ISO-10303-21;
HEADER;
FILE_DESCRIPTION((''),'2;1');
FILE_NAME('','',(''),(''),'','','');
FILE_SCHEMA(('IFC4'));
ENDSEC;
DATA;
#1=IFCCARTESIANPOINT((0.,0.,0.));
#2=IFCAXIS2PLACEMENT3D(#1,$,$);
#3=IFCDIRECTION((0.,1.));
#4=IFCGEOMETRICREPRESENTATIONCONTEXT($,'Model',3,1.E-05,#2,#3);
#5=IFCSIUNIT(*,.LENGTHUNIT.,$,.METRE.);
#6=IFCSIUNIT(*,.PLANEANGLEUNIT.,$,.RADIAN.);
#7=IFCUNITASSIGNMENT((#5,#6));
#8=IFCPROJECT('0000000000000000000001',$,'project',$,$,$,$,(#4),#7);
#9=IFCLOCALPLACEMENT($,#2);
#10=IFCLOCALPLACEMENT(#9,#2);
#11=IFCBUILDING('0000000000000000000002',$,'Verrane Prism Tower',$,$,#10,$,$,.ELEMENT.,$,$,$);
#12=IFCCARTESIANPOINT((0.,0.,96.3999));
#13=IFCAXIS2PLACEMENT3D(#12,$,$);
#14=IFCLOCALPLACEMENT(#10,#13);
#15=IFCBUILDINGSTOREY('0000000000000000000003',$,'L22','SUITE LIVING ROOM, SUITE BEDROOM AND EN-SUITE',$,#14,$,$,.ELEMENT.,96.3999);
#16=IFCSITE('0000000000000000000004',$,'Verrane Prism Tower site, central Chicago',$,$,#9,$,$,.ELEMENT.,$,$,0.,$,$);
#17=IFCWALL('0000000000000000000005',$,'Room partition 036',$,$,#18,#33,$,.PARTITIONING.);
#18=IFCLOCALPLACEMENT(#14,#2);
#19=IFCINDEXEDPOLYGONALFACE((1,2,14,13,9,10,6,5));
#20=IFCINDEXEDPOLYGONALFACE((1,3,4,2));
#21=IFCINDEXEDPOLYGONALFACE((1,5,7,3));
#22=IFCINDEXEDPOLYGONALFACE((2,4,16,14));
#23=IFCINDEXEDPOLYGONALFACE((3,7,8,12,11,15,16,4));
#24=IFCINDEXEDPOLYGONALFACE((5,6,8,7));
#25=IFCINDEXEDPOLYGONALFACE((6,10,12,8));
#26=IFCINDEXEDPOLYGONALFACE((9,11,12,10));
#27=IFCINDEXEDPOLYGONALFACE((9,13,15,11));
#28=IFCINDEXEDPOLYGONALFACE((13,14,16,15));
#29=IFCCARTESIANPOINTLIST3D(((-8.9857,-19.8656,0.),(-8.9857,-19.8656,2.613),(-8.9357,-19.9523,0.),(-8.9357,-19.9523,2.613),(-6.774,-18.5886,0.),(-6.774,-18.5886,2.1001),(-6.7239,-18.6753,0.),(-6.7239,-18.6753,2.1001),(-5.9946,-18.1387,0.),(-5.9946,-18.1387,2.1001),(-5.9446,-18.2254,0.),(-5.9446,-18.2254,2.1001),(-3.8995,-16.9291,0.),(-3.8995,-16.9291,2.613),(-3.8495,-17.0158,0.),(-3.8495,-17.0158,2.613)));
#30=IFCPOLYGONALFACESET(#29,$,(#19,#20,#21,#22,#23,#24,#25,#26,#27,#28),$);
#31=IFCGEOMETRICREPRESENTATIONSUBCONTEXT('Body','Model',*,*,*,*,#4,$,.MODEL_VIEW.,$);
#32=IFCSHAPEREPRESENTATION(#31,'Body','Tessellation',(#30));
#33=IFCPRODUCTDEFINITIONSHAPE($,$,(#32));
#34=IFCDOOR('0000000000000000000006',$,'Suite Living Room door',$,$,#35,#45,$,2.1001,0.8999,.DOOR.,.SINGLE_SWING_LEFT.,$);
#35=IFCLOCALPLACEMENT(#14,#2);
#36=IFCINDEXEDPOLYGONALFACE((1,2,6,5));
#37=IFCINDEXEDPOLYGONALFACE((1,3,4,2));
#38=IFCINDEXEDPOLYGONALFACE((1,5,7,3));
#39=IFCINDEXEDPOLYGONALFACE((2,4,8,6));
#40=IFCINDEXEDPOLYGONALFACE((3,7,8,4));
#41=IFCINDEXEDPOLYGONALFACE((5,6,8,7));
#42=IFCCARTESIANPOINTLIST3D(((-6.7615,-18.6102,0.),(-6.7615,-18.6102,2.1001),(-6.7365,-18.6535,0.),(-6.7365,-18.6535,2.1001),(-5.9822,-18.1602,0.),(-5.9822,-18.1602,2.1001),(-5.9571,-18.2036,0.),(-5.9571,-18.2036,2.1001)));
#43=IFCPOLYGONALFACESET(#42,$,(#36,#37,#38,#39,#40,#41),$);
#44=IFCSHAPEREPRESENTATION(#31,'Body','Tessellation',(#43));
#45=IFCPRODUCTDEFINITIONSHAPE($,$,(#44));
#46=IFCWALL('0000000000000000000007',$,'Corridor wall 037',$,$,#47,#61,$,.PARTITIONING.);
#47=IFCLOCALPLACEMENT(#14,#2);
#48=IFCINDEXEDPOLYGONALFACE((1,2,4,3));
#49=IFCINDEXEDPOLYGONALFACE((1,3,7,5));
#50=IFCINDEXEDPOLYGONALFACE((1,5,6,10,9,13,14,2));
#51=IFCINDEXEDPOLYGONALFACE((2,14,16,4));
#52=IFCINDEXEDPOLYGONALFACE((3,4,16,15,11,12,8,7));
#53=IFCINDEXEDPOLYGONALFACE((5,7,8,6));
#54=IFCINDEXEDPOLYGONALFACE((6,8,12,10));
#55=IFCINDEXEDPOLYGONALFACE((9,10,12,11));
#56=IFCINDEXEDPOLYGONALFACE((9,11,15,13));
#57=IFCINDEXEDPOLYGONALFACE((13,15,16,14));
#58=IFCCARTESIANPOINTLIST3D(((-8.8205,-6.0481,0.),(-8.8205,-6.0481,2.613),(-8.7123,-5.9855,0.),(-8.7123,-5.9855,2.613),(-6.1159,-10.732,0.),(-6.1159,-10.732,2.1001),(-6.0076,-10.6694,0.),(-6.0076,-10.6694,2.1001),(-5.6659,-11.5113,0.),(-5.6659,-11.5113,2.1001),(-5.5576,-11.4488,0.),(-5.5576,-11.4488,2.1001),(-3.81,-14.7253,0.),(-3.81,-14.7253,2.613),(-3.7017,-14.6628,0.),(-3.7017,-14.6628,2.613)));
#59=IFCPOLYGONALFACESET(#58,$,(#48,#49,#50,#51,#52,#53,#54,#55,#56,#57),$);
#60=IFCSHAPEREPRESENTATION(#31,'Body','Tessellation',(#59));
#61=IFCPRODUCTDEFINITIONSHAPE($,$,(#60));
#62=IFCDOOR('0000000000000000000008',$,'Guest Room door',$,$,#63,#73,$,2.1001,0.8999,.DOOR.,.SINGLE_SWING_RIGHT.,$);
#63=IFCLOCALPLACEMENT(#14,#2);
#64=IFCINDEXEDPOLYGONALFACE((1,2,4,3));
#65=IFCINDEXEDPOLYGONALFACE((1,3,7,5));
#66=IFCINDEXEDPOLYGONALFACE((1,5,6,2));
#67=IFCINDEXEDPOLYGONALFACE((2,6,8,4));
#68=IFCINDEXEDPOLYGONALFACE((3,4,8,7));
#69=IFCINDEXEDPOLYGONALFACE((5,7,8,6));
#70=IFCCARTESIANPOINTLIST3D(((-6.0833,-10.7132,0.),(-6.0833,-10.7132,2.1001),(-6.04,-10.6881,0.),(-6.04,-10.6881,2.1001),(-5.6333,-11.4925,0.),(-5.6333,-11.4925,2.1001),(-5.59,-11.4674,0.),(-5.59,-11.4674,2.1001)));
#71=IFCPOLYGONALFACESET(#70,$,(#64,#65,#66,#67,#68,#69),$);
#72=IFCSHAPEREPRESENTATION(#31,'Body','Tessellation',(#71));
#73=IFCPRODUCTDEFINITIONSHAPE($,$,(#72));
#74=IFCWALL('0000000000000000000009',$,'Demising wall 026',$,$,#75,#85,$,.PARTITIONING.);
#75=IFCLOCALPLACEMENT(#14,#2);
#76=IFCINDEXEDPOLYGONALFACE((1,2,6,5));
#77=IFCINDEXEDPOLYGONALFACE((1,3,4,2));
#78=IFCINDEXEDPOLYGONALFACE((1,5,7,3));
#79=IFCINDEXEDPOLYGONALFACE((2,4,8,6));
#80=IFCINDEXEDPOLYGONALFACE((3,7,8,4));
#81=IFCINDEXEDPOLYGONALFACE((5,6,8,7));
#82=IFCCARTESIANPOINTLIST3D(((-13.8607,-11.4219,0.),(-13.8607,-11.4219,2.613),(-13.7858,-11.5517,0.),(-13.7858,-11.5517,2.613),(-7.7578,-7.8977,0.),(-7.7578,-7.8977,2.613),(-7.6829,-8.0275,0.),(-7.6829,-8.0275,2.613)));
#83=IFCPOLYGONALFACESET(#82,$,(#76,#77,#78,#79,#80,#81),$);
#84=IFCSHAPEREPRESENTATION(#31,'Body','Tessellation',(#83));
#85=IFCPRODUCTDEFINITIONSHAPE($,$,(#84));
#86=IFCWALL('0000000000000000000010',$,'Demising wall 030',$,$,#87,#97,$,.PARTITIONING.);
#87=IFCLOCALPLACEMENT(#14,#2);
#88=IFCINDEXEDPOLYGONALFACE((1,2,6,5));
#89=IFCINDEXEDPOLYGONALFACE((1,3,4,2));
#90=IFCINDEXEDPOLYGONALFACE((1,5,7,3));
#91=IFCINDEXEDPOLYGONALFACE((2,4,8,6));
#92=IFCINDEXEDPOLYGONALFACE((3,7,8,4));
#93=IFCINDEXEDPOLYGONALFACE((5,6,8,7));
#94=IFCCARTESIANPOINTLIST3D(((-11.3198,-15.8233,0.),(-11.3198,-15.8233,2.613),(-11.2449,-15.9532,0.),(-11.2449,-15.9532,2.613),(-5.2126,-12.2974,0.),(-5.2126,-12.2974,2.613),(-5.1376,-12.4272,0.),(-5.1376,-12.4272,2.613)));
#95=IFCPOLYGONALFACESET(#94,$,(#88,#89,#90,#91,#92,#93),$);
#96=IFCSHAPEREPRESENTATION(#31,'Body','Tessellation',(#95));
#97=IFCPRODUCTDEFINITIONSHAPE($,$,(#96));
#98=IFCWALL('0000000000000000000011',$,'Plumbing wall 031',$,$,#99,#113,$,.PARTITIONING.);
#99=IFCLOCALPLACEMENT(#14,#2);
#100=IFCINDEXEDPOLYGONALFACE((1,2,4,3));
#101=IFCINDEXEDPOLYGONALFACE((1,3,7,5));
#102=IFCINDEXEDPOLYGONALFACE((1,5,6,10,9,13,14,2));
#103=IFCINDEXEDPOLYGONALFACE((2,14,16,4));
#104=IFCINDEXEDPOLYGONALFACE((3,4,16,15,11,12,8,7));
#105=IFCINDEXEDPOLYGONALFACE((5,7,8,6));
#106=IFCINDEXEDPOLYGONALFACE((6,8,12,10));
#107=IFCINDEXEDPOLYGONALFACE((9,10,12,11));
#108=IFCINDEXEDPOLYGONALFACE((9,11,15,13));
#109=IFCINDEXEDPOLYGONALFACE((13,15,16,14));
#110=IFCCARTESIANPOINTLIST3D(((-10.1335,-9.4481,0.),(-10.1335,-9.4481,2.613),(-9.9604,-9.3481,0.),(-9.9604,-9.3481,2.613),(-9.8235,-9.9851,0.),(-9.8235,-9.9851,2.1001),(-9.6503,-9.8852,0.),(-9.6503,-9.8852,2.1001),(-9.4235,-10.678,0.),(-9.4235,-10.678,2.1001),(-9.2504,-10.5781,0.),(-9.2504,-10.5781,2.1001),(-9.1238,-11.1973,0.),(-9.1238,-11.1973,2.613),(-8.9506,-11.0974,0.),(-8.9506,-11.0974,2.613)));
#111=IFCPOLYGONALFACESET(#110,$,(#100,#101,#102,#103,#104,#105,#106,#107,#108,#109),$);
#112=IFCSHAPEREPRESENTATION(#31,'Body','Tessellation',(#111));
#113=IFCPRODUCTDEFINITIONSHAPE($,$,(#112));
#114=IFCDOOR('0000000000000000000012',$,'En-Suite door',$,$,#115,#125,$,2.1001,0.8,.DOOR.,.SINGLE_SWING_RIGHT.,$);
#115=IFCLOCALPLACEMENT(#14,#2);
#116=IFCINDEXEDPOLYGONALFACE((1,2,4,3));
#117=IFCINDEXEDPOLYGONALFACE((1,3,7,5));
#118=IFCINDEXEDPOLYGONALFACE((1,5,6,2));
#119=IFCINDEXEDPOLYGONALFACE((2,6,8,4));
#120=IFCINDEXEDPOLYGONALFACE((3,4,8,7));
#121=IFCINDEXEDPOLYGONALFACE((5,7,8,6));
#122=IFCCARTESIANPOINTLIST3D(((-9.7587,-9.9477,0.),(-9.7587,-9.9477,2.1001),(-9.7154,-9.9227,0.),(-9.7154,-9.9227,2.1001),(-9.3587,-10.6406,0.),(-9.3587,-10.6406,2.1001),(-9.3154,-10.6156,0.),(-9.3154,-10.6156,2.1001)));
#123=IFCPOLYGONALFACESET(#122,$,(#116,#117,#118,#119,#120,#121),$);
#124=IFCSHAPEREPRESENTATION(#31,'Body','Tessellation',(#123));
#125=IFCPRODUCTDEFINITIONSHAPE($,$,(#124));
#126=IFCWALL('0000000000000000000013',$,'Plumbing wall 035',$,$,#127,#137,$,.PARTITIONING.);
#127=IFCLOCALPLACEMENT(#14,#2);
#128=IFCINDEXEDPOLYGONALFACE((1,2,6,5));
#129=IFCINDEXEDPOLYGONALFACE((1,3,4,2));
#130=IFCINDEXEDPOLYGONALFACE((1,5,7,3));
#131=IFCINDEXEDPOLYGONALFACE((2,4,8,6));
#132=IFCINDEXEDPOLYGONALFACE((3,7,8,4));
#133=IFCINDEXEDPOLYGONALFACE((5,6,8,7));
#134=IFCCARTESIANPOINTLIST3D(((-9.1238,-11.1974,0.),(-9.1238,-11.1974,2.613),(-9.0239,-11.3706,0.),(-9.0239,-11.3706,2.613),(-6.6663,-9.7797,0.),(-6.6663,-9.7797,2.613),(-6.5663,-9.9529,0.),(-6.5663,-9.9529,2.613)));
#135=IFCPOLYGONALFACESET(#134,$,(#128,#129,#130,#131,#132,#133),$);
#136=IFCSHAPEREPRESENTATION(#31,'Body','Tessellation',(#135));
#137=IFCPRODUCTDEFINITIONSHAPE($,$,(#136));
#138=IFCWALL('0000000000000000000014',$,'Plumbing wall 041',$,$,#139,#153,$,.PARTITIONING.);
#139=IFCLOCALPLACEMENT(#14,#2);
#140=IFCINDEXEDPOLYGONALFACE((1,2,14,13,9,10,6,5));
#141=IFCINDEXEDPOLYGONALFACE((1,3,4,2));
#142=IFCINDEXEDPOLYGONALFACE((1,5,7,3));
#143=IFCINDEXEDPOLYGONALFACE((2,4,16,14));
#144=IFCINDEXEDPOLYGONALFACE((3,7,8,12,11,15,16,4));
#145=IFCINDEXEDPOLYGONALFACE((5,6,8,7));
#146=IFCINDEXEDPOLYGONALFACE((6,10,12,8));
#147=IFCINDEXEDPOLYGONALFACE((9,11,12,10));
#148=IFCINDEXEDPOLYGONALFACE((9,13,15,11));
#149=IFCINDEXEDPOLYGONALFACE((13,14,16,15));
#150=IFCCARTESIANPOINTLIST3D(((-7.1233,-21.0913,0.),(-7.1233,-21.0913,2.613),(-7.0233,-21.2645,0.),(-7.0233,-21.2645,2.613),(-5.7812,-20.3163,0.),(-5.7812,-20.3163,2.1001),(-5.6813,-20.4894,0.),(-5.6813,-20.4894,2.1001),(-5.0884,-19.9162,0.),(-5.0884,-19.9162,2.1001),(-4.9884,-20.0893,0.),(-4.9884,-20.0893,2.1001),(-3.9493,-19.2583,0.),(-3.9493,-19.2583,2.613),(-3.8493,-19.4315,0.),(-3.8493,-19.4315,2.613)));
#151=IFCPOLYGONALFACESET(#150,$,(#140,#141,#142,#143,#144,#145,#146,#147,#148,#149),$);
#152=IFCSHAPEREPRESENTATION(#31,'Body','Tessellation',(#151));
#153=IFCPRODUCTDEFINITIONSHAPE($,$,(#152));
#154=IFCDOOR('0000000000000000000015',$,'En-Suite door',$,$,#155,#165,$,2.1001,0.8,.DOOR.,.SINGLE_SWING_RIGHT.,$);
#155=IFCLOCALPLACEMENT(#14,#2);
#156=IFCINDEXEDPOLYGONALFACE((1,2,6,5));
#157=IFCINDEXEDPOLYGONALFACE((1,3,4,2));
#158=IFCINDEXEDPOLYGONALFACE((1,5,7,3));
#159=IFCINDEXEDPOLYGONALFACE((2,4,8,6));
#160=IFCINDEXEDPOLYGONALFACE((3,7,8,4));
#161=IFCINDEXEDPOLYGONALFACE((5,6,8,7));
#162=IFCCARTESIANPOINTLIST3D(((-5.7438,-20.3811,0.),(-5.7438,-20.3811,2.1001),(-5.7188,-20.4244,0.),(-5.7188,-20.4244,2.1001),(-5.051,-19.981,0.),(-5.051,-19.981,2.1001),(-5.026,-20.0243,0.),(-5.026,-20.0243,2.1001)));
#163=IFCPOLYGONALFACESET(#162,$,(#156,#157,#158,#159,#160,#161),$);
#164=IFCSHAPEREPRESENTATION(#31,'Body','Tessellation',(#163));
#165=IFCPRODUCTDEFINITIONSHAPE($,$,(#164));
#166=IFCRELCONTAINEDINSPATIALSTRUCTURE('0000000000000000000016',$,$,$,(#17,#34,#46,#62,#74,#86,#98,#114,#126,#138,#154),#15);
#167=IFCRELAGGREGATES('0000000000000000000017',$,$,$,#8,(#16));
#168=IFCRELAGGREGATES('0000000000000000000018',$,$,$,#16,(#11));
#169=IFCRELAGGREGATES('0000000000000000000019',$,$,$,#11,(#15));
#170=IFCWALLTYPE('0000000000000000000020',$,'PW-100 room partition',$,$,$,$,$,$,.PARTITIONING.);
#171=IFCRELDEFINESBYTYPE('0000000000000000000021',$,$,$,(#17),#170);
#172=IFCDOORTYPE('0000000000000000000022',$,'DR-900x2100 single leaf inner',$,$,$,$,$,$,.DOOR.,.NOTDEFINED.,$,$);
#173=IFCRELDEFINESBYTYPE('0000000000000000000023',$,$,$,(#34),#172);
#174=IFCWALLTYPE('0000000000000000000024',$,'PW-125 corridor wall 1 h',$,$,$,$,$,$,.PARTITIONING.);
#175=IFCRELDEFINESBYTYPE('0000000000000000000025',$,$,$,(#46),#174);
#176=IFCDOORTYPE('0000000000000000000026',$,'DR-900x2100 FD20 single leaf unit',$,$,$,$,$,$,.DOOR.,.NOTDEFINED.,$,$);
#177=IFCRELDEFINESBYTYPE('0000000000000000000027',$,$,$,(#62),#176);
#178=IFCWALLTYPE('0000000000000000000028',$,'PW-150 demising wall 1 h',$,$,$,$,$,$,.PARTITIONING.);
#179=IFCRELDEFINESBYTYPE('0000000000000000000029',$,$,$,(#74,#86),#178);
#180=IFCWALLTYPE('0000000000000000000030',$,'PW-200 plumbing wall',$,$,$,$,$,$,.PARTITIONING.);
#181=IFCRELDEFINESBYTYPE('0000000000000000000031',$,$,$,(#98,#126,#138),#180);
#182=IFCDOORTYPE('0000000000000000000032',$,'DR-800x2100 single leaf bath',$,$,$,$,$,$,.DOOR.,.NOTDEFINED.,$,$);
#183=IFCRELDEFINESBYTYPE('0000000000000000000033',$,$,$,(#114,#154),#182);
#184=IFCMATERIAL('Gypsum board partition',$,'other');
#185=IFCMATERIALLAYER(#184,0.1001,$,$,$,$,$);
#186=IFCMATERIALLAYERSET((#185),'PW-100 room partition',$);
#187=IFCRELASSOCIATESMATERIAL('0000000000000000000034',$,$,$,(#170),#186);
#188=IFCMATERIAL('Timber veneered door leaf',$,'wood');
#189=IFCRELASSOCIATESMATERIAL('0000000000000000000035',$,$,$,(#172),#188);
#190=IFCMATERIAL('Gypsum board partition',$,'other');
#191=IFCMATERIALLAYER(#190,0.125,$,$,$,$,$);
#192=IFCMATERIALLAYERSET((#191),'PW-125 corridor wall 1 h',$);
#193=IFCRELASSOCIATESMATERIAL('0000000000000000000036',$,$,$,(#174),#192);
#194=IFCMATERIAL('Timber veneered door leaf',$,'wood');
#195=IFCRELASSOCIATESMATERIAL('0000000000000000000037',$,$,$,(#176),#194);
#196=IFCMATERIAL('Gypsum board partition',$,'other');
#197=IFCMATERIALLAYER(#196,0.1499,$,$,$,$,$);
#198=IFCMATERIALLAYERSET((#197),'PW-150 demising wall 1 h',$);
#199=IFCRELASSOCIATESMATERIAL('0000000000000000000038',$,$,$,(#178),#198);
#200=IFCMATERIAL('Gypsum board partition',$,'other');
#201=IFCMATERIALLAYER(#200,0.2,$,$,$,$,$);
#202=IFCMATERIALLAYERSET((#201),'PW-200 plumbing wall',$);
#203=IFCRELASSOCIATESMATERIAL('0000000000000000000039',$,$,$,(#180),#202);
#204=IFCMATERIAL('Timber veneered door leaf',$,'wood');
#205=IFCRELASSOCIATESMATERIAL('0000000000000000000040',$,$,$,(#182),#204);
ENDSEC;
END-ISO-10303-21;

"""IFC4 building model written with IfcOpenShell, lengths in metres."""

from ifc_helpers import new_model, si_unit, direction, frame, frame_2d, origin, place, context, subcontext, project, spatial, rectangle, extrude, material, layer, layer_set, type_object, element, fill, save


model = new_model("IFC4")

# Units and contexts
model_context = context("Model", 3, precision=1e-05, world=origin(), true_north=direction((0.0, 1.0)))
body_context = subcontext(model_context, "Body", "Model", "MODEL_VIEW")
ifc_project = project(units=[si_unit("LENGTHUNIT", "METRE"), si_unit("PLANEANGLEUNIT", "RADIAN")], contexts=[model_context])

# Site, building, storey
site_placement = place(None, origin())
site = spatial("IfcSite", under=ifc_project, at=site_placement, Name="Verrane Prism Tower site, central Chicago", CompositionType="ELEMENT", RefElevation=0.0)
building_placement = place(site_placement, origin())
building = spatial("IfcBuilding", under=site, at=building_placement, Name="Verrane Prism Tower", CompositionType="ELEMENT")
storey_placement = place(building_placement, frame((0.0, 0.0, 96.3999)))
storey = spatial("IfcBuildingStorey", under=building, at=storey_placement, Name="L22", Description="SUITE LIVING ROOM, SUITE BEDROOM AND EN-SUITE", CompositionType="ELEMENT", Elevation=96.3999)

# Walls, openings, doors
ifc_material_1 = material(Name="Gypsum board partition", Category="other")
ifc_layer_1 = layer(ifc_material_1, 0.1001)
ifc_layer_set_1 = layer_set([ifc_layer_1], Name="PW-100 room partition")
wall_type_1 = type_object("IfcWallType", Name="PW-100 room partition", PredefinedType="PARTITIONING", material=ifc_layer_set_1)
wall_1_placement = place(storey_placement, frame((-3.8745, -16.9724, 0.0), z_axis=(0.0, 0.0, 1.0), x_axis=(-0.866024, -0.500002, 0.0)))
wall_1 = element("IfcWall", 1, at=wall_1_placement, inside=storey, type_object=wall_type_1, Name="Room partition 036", PredefinedType="PARTITIONING", context=body_context, shape_type="SweptSolid", body=[
    extrude(rectangle(XDim=5.873, YDim=0.1001, at=frame_2d((2.9365, 0.0))), origin(), (0.0, 0.0, 1.0), 2.613),
])
opening_1_placement = place(wall_1_placement, frame((2.4192, 0.0, 0.0)))
opening_1 = element("IfcOpeningElement", 2, at=opening_1_placement, cuts=wall_1, PredefinedType="OPENING", context=body_context, shape_type="SweptSolid", body=[
    extrude(rectangle(XDim=0.8999, YDim=2.1001, at=frame_2d((0.45, 1.05))), frame((0.0, 0.0601, 0.0), z_axis=(0.0, -1.0, 0.0), x_axis=(1.0, 0.0, 0.0)), (0.0, 0.0, 1.0), 0.1201),
])
ifc_material_2 = material(Name="Timber veneered door leaf", Category="wood")
door_type_1 = type_object("IfcDoorType", Name="DR-900x2100 single leaf inner", OperationType="NOTDEFINED", PredefinedType="DOOR", material=ifc_material_2)
door_1_placement = place(opening_1_placement, origin())
door_1 = element("IfcDoor", 3, at=door_1_placement, inside=storey, type_object=door_type_1, Name="Suite Living Room door", OperationType="SINGLE_SWING_LEFT", OverallHeight=2.1001, OverallWidth=0.8999, PredefinedType="DOOR", context=body_context, shape_type="SweptSolid", body=[
    extrude(rectangle(XDim=0.8999, YDim=2.1001, at=frame_2d((0.45, 1.05))), frame((0.0, 0.0249, 0.0), z_axis=(0.0, -1.0, 0.0), x_axis=(1.0, 0.0, 0.0)), (0.0, 0.0, 1.0), 0.05),
])
fill(opening_1, door_1)
ifc_material_3 = material(Name="Gypsum board partition", Category="other")
ifc_layer_2 = layer(ifc_material_3, 0.125)
ifc_layer_set_2 = layer_set([ifc_layer_2], Name="PW-125 corridor wall 1 h")
wall_type_2 = type_object("IfcWallType", Name="PW-125 corridor wall 1 h", PredefinedType="PARTITIONING", material=ifc_layer_set_2)
wall_2_placement = place(storey_placement, frame((-3.7559, -14.6941, 0.0), z_axis=(0.0, 0.0, 1.0), x_axis=(-0.500051, 0.865996, 0.0)))
wall_2 = element("IfcWall", 4, at=wall_2_placement, inside=storey, type_object=wall_type_2, Name="Corridor wall 037", PredefinedType="PARTITIONING", context=body_context, shape_type="SweptSolid", body=[
    extrude(rectangle(XDim=10.02, YDim=0.125, at=frame_2d((5.01, 0.0))), origin(), (0.0, 0.0, 1.0), 2.613),
])
opening_2_placement = place(wall_2_placement, frame((3.7114, 0.0, 0.0)))
opening_2 = element("IfcOpeningElement", 5, at=opening_2_placement, cuts=wall_2, PredefinedType="OPENING", context=body_context, shape_type="SweptSolid", body=[
    extrude(rectangle(XDim=0.8999, YDim=2.1001, at=frame_2d((0.45, 1.05))), frame((0.0, 0.0725, 0.0), z_axis=(0.0, -1.0, 0.0), x_axis=(1.0, 0.0, 0.0)), (0.0, 0.0, 1.0), 0.145),
])
ifc_material_4 = material(Name="Timber veneered door leaf", Category="wood")
door_type_2 = type_object("IfcDoorType", Name="DR-900x2100 FD20 single leaf unit", OperationType="NOTDEFINED", PredefinedType="DOOR", material=ifc_material_4)
door_2_placement = place(opening_2_placement, origin())
door_2 = element("IfcDoor", 6, at=door_2_placement, inside=storey, type_object=door_type_2, Name="Guest Room door", OperationType="SINGLE_SWING_RIGHT", OverallHeight=2.1001, OverallWidth=0.8999, PredefinedType="DOOR", context=body_context, shape_type="SweptSolid", body=[
    extrude(rectangle(XDim=0.8999, YDim=2.1001, at=frame_2d((0.45, 1.05))), frame((0.0, 0.0249, 0.0), z_axis=(0.0, -1.0, 0.0), x_axis=(1.0, 0.0, 0.0)), (0.0, 0.0, 1.0), 0.05),
])
fill(opening_2, door_2)

# Walls
ifc_material_5 = material(Name="Gypsum board partition", Category="other")
ifc_layer_3 = layer(ifc_material_5, 0.1499)
ifc_layer_set_3 = layer_set([ifc_layer_3], Name="PW-150 demising wall 1 h")
wall_type_3 = type_object("IfcWallType", Name="PW-150 demising wall 1 h", PredefinedType="PARTITIONING", material=ifc_layer_set_3)
wall_3_placement = place(storey_placement, frame((-13.8232, -11.4868, 0.0), z_axis=(0.0, 0.0, 1.0), x_axis=(0.865981, 0.500077, 0.0)))
element("IfcWall", 7, at=wall_3_placement, inside=storey, type_object=wall_type_3, Name="Demising wall 026", PredefinedType="PARTITIONING", context=body_context, shape_type="SweptSolid", body=[
    extrude(rectangle(XDim=7.0474, YDim=0.1499, at=frame_2d((3.5237, 0.0))), origin(), (0.0, 0.0, 1.0), 2.613),
])
wall_4_placement = place(storey_placement, frame((-11.2822, -15.8882, 0.0), z_axis=(0.0, 0.0, 1.0), x_axis=(0.866032, 0.499989, 0.0)))
element("IfcWall", 8, at=wall_4_placement, inside=storey, type_object=wall_type_3, Name="Demising wall 030", PredefinedType="PARTITIONING", context=body_context, shape_type="SweptSolid", body=[
    extrude(rectangle(XDim=7.052, YDim=0.1499, at=frame_2d((3.5259, 0.0))), origin(), (0.0, 0.0, 1.0), 2.613),
])

# Wall, opening, door
ifc_material_6 = material(Name="Gypsum board partition", Category="other")
ifc_layer_4 = layer(ifc_material_6, 0.2)
ifc_layer_set_4 = layer_set([ifc_layer_4], Name="PW-200 plumbing wall")
wall_type_4 = type_object("IfcWallType", Name="PW-200 plumbing wall", PredefinedType="PARTITIONING", material=ifc_layer_set_4)
wall_5_placement = place(storey_placement, frame((-10.0469, -9.3982, 0.0), z_axis=(0.0, 0.0, 1.0), x_axis=(0.499935, -0.866063, 0.0)))
wall_5 = element("IfcWall", 9, at=wall_5_placement, inside=storey, type_object=wall_type_4, Name="Plumbing wall 031", PredefinedType="PARTITIONING", context=body_context, shape_type="SweptSolid", body=[
    extrude(rectangle(XDim=2.0198, YDim=0.2, at=frame_2d((1.0098, 0.0))), origin(), (0.0, 0.0, 1.0), 2.613),
])
opening_3_placement = place(wall_5_placement, frame((0.6201, 0.0, 0.0)))
opening_3 = element("IfcOpeningElement", 10, at=opening_3_placement, cuts=wall_5, PredefinedType="OPENING", context=body_context, shape_type="SweptSolid", body=[
    extrude(rectangle(XDim=0.8, YDim=2.1001, at=frame_2d((0.3999, 1.05))), frame((0.0, 0.1099, 0.0), z_axis=(0.0, -1.0, 0.0), x_axis=(1.0, 0.0, 0.0)), (0.0, 0.0, 1.0), 0.22),
])
ifc_material_7 = material(Name="Timber veneered door leaf", Category="wood")
door_type_3 = type_object("IfcDoorType", Name="DR-800x2100 single leaf bath", OperationType="NOTDEFINED", PredefinedType="DOOR", material=ifc_material_7)
door_3_placement = place(opening_3_placement, origin())
door_3 = element("IfcDoor", 11, at=door_3_placement, inside=storey, type_object=door_type_3, Name="En-Suite door", OperationType="SINGLE_SWING_RIGHT", OverallHeight=2.1001, OverallWidth=0.8, PredefinedType="DOOR", context=body_context, shape_type="SweptSolid", body=[
    extrude(rectangle(XDim=0.8, YDim=2.1001, at=frame_2d((0.3999, 1.05))), frame((0.0, 0.0249, 0.0), z_axis=(0.0, -1.0, 0.0), x_axis=(1.0, 0.0, 0.0)), (0.0, 0.0, 1.0), 0.05),
])
fill(opening_3, door_3)

# Wall
wall_6_placement = place(storey_placement, frame((-9.0737, -11.2839, 0.0), z_axis=(0.0, 0.0, 1.0), x_axis=(0.866197, 0.499703, 0.0)))
element("IfcWall", 12, at=wall_6_placement, inside=storey, type_object=wall_type_4, Name="Plumbing wall 035", PredefinedType="PARTITIONING", context=body_context, shape_type="SweptSolid", body=[
    extrude(rectangle(XDim=2.8372, YDim=0.2, at=frame_2d((1.4185, 0.0))), origin(), (0.0, 0.0, 1.0), 2.613),
])

# Wall, opening, door
wall_7_placement = place(storey_placement, frame((-3.8994, -19.345, 0.0), z_axis=(0.0, 0.0, 1.0), x_axis=(-0.865971, -0.500093, 0.0)))
wall_7 = element("IfcWall", 13, at=wall_7_placement, inside=storey, type_object=wall_type_4, Name="Plumbing wall 041", PredefinedType="PARTITIONING", context=body_context, shape_type="SweptSolid", body=[
    extrude(rectangle(XDim=3.6653, YDim=0.2, at=frame_2d((1.8325, 0.0))), origin(), (0.0, 0.0, 1.0), 2.613),
])
opening_4_placement = place(wall_7_placement, frame((1.3154, 0.0, 0.0)))
opening_4 = element("IfcOpeningElement", 14, at=opening_4_placement, cuts=wall_7, PredefinedType="OPENING", context=body_context, shape_type="SweptSolid", body=[
    extrude(rectangle(XDim=0.8, YDim=2.1001, at=frame_2d((0.3999, 1.05))), frame((0.0, 0.1099, 0.0), z_axis=(0.0, -1.0, 0.0), x_axis=(1.0, 0.0, 0.0)), (0.0, 0.0, 1.0), 0.22),
])
door_4_placement = place(opening_4_placement, origin())
door_4 = element("IfcDoor", 15, at=door_4_placement, inside=storey, type_object=door_type_3, Name="En-Suite door", OperationType="SINGLE_SWING_RIGHT", OverallHeight=2.1001, OverallWidth=0.8, PredefinedType="DOOR", context=body_context, shape_type="SweptSolid", body=[
    extrude(rectangle(XDim=0.8, YDim=2.1001, at=frame_2d((0.3999, 1.05))), frame((0.0, 0.0249, 0.0), z_axis=(0.0, -1.0, 0.0), x_axis=(1.0, 0.0, 0.0)), (0.0, 0.0, 1.0), 0.05),
])
fill(opening_4, door_4)

save(model, "model.ifc")
